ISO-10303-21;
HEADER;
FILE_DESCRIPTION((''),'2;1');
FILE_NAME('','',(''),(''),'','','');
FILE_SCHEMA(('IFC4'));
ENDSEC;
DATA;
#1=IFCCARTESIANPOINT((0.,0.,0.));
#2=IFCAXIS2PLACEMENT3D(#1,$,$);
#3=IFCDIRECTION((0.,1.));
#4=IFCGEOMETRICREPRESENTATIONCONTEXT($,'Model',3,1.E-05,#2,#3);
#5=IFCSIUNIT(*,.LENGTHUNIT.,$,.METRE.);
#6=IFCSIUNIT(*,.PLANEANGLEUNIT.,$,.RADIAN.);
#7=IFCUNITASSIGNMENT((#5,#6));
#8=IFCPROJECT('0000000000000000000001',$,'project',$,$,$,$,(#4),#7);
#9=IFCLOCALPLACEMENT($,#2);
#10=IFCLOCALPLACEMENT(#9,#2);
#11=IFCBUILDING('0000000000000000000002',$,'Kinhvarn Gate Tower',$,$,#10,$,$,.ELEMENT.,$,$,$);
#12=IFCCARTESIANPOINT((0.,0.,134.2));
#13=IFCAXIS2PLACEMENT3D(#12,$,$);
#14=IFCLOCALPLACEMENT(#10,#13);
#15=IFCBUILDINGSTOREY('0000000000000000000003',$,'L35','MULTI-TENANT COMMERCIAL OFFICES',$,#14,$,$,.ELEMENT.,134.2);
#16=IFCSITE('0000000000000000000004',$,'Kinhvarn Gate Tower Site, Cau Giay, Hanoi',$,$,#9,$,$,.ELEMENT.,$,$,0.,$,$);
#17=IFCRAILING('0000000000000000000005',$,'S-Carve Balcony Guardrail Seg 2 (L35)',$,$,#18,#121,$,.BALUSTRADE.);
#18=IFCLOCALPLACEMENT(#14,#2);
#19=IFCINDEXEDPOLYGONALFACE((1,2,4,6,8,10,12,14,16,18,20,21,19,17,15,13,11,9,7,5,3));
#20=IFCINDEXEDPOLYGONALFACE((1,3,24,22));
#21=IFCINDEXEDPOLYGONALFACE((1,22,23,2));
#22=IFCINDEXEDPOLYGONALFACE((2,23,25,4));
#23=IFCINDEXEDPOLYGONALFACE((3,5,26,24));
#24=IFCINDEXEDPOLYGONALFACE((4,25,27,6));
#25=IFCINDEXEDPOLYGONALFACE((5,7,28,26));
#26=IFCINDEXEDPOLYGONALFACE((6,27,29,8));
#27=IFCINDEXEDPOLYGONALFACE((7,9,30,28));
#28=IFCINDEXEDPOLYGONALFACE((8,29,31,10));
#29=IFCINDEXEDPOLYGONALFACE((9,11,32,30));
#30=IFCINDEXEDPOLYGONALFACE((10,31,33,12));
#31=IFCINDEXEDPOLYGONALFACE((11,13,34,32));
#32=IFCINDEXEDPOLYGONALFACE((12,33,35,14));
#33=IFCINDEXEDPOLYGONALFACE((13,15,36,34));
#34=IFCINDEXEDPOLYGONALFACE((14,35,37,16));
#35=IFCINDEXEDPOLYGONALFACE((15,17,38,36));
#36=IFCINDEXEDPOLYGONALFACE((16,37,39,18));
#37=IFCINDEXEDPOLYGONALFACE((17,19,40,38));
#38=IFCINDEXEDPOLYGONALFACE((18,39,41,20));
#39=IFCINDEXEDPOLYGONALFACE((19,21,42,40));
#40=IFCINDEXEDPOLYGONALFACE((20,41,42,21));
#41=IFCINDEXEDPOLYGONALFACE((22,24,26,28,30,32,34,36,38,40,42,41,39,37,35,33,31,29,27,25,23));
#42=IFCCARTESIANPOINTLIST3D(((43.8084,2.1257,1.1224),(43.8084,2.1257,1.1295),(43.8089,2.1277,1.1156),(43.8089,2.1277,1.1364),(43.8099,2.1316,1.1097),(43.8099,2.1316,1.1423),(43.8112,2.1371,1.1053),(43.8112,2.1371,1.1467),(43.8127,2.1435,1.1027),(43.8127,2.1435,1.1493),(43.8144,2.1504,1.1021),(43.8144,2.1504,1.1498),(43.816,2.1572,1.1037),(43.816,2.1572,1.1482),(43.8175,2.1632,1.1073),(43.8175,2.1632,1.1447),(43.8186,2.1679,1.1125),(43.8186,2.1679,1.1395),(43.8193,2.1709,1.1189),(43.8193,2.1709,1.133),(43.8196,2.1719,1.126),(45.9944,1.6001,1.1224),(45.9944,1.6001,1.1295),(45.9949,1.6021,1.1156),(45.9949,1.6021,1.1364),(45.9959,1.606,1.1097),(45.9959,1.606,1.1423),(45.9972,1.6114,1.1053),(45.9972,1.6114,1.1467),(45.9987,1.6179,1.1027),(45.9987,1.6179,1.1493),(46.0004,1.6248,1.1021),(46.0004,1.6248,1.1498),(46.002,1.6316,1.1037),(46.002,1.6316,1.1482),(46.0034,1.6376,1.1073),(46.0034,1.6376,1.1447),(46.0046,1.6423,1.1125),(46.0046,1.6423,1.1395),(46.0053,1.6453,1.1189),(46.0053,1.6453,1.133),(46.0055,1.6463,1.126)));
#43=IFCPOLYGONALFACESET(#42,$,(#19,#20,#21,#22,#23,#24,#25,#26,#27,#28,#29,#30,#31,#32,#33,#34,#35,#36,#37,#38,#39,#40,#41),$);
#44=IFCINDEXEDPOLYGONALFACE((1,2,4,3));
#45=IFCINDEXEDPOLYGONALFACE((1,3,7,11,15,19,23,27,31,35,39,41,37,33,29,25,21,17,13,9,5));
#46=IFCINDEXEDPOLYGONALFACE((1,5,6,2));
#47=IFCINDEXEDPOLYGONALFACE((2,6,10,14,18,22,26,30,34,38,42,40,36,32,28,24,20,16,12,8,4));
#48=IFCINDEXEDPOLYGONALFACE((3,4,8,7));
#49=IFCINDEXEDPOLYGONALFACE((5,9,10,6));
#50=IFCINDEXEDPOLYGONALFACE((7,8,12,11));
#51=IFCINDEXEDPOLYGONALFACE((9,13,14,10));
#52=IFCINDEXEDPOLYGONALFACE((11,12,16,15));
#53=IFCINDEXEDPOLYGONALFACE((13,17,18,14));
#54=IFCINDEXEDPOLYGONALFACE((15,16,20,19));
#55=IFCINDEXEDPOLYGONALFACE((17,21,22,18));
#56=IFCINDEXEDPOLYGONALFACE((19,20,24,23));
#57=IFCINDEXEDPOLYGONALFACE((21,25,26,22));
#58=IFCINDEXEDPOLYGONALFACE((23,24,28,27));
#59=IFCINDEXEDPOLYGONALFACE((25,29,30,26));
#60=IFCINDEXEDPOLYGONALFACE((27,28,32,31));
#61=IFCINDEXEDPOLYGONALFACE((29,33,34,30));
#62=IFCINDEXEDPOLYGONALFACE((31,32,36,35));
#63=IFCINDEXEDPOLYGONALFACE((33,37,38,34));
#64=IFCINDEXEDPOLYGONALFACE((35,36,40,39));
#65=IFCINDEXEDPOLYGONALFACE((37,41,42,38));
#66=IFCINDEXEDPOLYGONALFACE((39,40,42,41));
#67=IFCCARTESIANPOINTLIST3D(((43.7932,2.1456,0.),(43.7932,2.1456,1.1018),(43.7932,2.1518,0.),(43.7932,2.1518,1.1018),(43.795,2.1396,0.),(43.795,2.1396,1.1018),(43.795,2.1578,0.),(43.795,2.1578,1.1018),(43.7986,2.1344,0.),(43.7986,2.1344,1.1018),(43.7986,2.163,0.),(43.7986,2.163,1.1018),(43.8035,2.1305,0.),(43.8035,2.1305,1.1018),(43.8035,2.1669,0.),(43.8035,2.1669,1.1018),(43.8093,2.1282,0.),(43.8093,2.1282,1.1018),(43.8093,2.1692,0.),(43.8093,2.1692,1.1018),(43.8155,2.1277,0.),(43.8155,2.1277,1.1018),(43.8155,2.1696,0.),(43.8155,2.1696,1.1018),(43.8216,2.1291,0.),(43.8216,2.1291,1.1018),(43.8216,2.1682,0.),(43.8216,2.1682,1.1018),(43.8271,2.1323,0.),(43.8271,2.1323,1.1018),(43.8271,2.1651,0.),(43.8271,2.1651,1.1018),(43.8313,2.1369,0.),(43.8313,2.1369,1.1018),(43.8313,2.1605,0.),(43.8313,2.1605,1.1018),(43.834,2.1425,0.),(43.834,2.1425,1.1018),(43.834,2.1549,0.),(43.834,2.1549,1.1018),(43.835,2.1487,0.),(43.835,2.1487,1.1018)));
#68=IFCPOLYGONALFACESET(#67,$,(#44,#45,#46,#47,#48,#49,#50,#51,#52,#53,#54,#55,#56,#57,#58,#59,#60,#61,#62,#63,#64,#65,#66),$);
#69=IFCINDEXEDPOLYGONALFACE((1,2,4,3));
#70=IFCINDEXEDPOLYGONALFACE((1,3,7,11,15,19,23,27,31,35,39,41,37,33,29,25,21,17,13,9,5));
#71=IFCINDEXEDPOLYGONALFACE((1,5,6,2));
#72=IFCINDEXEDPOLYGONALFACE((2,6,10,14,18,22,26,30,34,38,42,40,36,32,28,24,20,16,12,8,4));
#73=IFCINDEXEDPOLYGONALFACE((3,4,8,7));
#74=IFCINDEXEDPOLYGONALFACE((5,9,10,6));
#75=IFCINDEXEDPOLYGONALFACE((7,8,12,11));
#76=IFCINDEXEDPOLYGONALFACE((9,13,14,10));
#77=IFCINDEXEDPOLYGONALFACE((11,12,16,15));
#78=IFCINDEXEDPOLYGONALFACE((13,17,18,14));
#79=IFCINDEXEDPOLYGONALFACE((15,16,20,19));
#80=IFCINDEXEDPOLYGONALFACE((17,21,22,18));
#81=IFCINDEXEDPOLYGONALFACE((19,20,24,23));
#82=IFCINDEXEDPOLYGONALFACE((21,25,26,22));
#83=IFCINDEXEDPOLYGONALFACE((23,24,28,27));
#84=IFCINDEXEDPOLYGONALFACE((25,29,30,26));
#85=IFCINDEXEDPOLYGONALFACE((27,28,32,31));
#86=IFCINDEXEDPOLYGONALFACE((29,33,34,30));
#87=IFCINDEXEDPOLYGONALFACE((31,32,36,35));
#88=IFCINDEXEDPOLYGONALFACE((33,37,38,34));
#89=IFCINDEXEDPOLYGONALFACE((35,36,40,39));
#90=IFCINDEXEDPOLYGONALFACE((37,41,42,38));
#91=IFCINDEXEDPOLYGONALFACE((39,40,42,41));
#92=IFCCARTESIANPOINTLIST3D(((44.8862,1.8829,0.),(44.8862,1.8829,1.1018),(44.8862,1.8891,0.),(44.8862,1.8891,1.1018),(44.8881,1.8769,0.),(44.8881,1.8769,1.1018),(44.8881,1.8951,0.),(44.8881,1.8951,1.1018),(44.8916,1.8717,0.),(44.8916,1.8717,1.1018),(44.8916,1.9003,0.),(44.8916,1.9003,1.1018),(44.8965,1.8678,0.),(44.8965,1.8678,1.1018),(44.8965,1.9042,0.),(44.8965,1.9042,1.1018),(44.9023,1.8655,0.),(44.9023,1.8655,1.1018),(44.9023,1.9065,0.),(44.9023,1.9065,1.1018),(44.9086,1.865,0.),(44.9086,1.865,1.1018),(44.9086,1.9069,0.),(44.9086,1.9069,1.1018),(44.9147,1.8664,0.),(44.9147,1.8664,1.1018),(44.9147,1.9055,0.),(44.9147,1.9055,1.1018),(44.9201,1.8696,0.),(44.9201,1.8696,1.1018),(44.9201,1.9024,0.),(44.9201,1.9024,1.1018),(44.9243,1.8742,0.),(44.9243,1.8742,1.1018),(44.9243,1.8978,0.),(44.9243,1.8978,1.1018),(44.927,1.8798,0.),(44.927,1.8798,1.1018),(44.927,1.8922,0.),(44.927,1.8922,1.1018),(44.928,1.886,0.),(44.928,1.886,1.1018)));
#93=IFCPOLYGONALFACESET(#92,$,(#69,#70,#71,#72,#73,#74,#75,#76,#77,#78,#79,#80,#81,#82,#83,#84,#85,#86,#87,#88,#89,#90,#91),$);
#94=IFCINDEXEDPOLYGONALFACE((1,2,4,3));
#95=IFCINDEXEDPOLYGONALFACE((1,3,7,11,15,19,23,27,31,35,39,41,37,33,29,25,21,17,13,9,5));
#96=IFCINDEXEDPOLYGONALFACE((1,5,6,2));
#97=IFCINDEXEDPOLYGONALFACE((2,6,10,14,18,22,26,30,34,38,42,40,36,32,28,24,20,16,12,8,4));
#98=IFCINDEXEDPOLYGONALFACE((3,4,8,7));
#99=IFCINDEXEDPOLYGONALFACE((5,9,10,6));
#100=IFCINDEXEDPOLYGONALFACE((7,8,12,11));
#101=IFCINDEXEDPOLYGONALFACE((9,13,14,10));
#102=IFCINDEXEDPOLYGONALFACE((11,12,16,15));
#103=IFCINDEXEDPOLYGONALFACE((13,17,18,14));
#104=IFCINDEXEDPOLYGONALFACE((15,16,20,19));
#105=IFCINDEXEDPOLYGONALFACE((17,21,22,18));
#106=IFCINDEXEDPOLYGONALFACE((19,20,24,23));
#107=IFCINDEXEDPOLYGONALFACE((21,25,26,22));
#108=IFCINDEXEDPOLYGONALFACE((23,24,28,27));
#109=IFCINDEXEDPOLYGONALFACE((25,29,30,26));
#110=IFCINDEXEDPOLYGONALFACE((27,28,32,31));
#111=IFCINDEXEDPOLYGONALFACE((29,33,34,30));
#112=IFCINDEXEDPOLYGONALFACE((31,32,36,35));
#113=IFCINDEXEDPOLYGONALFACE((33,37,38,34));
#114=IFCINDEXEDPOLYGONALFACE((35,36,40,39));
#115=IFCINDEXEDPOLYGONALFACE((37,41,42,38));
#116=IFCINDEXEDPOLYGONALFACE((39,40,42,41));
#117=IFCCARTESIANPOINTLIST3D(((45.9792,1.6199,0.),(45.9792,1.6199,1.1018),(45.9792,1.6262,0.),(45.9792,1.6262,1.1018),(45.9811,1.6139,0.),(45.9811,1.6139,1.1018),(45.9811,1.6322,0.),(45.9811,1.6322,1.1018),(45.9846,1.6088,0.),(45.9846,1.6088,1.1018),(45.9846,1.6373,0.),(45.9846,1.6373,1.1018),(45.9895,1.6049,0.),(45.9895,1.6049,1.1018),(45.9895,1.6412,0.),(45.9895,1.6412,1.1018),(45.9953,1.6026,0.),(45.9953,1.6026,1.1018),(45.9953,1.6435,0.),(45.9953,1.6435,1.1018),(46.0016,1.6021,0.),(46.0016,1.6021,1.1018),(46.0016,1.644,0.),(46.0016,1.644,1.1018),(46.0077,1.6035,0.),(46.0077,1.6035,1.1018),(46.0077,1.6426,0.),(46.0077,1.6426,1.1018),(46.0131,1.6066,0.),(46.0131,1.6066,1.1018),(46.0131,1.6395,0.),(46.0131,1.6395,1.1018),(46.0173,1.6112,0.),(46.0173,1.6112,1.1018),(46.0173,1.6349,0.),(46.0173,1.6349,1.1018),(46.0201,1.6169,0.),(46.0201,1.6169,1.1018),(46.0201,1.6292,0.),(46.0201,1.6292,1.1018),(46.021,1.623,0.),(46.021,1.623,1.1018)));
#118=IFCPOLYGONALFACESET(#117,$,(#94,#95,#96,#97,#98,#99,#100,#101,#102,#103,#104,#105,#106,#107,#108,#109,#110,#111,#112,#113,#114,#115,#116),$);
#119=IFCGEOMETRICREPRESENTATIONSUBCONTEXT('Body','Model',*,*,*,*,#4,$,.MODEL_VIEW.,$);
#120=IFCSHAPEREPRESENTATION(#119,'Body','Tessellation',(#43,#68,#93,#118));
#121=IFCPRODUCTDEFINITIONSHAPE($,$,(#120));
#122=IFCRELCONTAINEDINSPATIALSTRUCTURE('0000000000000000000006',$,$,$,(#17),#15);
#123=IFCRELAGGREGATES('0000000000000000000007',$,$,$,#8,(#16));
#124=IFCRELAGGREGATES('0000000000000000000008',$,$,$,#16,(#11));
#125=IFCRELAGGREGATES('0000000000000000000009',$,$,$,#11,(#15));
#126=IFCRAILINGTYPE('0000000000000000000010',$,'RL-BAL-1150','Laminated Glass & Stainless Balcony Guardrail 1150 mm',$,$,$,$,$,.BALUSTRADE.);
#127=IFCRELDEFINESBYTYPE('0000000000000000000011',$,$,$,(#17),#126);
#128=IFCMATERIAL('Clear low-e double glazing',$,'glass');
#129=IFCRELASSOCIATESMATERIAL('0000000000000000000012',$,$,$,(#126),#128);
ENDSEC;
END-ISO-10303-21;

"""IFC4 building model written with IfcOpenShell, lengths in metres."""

from ifc_helpers import new_model, si_unit, direction, frame, origin, origin_2d, place, context, subcontext, project, spatial, circle, extrude, material, type_object, element, save


model = new_model("IFC4")

# Units and contexts
model_context = context("Model", 3, precision=1e-05, world=origin(), true_north=direction((0.0, 1.0)))
body_context = subcontext(model_context, "Body", "Model", "MODEL_VIEW")
ifc_project = project(units=[si_unit("LENGTHUNIT", "METRE"), si_unit("PLANEANGLEUNIT", "RADIAN")], contexts=[model_context])

# Site, building, storey
site_placement = place(None, origin())
site = spatial("IfcSite", under=ifc_project, at=site_placement, Name="Kinhvarn Gate Tower Site, Cau Giay, Hanoi", CompositionType="ELEMENT", RefElevation=0.0)
building_placement = place(site_placement, origin())
building = spatial("IfcBuilding", under=site, at=building_placement, Name="Kinhvarn Gate Tower", CompositionType="ELEMENT")
storey_placement = place(building_placement, frame((0.0, 0.0, 134.2)))
storey = spatial("IfcBuildingStorey", under=building, at=storey_placement, Name="L35", Description="MULTI-TENANT COMMERCIAL OFFICES", CompositionType="ELEMENT", Elevation=134.2)

# Shared definitions
ifc_material_1 = material(Name="Clear low-e double glazing", Category="glass")

# Railing
railing_type = type_object("IfcRailingType", Name="RL-BAL-1150", Description="Laminated Glass & Stainless Balcony Guardrail 1150 mm", PredefinedType="BALUSTRADE", material=ifc_material_1)
railing_1_placement = place(storey_placement, frame((43.814, 2.1487, 0.0)))
element("IfcRailing", 1, at=railing_1_placement, inside=storey, type_object=railing_type, Name="S-Carve Balcony Guardrail Seg 2 (L35)", PredefinedType="BALUSTRADE", context=body_context, shape_type="SweptSolid", body=[
    extrude(circle(Radius=0.0239, at=origin_2d()), frame((0.0, 0.0, 1.126), z_axis=(0.972288, -0.233788, 0.0), x_axis=(0.233788, 0.972288, 0.0)), (0.0, 0.0, 1.0), 2.2483),
    extrude(circle(Radius=0.021, at=origin_2d()), origin(), (0.0, 0.0, 1.0), 1.1018),
    extrude(circle(Radius=0.021, at=origin_2d()), frame((1.093, -0.2627, 0.0)), (0.0, 0.0, 1.0), 1.1018),
    extrude(circle(Radius=0.021, at=origin_2d()), frame((2.186, -0.5256, 0.0)), (0.0, 0.0, 1.0), 1.1018),
])

save(model, "model.ifc")
